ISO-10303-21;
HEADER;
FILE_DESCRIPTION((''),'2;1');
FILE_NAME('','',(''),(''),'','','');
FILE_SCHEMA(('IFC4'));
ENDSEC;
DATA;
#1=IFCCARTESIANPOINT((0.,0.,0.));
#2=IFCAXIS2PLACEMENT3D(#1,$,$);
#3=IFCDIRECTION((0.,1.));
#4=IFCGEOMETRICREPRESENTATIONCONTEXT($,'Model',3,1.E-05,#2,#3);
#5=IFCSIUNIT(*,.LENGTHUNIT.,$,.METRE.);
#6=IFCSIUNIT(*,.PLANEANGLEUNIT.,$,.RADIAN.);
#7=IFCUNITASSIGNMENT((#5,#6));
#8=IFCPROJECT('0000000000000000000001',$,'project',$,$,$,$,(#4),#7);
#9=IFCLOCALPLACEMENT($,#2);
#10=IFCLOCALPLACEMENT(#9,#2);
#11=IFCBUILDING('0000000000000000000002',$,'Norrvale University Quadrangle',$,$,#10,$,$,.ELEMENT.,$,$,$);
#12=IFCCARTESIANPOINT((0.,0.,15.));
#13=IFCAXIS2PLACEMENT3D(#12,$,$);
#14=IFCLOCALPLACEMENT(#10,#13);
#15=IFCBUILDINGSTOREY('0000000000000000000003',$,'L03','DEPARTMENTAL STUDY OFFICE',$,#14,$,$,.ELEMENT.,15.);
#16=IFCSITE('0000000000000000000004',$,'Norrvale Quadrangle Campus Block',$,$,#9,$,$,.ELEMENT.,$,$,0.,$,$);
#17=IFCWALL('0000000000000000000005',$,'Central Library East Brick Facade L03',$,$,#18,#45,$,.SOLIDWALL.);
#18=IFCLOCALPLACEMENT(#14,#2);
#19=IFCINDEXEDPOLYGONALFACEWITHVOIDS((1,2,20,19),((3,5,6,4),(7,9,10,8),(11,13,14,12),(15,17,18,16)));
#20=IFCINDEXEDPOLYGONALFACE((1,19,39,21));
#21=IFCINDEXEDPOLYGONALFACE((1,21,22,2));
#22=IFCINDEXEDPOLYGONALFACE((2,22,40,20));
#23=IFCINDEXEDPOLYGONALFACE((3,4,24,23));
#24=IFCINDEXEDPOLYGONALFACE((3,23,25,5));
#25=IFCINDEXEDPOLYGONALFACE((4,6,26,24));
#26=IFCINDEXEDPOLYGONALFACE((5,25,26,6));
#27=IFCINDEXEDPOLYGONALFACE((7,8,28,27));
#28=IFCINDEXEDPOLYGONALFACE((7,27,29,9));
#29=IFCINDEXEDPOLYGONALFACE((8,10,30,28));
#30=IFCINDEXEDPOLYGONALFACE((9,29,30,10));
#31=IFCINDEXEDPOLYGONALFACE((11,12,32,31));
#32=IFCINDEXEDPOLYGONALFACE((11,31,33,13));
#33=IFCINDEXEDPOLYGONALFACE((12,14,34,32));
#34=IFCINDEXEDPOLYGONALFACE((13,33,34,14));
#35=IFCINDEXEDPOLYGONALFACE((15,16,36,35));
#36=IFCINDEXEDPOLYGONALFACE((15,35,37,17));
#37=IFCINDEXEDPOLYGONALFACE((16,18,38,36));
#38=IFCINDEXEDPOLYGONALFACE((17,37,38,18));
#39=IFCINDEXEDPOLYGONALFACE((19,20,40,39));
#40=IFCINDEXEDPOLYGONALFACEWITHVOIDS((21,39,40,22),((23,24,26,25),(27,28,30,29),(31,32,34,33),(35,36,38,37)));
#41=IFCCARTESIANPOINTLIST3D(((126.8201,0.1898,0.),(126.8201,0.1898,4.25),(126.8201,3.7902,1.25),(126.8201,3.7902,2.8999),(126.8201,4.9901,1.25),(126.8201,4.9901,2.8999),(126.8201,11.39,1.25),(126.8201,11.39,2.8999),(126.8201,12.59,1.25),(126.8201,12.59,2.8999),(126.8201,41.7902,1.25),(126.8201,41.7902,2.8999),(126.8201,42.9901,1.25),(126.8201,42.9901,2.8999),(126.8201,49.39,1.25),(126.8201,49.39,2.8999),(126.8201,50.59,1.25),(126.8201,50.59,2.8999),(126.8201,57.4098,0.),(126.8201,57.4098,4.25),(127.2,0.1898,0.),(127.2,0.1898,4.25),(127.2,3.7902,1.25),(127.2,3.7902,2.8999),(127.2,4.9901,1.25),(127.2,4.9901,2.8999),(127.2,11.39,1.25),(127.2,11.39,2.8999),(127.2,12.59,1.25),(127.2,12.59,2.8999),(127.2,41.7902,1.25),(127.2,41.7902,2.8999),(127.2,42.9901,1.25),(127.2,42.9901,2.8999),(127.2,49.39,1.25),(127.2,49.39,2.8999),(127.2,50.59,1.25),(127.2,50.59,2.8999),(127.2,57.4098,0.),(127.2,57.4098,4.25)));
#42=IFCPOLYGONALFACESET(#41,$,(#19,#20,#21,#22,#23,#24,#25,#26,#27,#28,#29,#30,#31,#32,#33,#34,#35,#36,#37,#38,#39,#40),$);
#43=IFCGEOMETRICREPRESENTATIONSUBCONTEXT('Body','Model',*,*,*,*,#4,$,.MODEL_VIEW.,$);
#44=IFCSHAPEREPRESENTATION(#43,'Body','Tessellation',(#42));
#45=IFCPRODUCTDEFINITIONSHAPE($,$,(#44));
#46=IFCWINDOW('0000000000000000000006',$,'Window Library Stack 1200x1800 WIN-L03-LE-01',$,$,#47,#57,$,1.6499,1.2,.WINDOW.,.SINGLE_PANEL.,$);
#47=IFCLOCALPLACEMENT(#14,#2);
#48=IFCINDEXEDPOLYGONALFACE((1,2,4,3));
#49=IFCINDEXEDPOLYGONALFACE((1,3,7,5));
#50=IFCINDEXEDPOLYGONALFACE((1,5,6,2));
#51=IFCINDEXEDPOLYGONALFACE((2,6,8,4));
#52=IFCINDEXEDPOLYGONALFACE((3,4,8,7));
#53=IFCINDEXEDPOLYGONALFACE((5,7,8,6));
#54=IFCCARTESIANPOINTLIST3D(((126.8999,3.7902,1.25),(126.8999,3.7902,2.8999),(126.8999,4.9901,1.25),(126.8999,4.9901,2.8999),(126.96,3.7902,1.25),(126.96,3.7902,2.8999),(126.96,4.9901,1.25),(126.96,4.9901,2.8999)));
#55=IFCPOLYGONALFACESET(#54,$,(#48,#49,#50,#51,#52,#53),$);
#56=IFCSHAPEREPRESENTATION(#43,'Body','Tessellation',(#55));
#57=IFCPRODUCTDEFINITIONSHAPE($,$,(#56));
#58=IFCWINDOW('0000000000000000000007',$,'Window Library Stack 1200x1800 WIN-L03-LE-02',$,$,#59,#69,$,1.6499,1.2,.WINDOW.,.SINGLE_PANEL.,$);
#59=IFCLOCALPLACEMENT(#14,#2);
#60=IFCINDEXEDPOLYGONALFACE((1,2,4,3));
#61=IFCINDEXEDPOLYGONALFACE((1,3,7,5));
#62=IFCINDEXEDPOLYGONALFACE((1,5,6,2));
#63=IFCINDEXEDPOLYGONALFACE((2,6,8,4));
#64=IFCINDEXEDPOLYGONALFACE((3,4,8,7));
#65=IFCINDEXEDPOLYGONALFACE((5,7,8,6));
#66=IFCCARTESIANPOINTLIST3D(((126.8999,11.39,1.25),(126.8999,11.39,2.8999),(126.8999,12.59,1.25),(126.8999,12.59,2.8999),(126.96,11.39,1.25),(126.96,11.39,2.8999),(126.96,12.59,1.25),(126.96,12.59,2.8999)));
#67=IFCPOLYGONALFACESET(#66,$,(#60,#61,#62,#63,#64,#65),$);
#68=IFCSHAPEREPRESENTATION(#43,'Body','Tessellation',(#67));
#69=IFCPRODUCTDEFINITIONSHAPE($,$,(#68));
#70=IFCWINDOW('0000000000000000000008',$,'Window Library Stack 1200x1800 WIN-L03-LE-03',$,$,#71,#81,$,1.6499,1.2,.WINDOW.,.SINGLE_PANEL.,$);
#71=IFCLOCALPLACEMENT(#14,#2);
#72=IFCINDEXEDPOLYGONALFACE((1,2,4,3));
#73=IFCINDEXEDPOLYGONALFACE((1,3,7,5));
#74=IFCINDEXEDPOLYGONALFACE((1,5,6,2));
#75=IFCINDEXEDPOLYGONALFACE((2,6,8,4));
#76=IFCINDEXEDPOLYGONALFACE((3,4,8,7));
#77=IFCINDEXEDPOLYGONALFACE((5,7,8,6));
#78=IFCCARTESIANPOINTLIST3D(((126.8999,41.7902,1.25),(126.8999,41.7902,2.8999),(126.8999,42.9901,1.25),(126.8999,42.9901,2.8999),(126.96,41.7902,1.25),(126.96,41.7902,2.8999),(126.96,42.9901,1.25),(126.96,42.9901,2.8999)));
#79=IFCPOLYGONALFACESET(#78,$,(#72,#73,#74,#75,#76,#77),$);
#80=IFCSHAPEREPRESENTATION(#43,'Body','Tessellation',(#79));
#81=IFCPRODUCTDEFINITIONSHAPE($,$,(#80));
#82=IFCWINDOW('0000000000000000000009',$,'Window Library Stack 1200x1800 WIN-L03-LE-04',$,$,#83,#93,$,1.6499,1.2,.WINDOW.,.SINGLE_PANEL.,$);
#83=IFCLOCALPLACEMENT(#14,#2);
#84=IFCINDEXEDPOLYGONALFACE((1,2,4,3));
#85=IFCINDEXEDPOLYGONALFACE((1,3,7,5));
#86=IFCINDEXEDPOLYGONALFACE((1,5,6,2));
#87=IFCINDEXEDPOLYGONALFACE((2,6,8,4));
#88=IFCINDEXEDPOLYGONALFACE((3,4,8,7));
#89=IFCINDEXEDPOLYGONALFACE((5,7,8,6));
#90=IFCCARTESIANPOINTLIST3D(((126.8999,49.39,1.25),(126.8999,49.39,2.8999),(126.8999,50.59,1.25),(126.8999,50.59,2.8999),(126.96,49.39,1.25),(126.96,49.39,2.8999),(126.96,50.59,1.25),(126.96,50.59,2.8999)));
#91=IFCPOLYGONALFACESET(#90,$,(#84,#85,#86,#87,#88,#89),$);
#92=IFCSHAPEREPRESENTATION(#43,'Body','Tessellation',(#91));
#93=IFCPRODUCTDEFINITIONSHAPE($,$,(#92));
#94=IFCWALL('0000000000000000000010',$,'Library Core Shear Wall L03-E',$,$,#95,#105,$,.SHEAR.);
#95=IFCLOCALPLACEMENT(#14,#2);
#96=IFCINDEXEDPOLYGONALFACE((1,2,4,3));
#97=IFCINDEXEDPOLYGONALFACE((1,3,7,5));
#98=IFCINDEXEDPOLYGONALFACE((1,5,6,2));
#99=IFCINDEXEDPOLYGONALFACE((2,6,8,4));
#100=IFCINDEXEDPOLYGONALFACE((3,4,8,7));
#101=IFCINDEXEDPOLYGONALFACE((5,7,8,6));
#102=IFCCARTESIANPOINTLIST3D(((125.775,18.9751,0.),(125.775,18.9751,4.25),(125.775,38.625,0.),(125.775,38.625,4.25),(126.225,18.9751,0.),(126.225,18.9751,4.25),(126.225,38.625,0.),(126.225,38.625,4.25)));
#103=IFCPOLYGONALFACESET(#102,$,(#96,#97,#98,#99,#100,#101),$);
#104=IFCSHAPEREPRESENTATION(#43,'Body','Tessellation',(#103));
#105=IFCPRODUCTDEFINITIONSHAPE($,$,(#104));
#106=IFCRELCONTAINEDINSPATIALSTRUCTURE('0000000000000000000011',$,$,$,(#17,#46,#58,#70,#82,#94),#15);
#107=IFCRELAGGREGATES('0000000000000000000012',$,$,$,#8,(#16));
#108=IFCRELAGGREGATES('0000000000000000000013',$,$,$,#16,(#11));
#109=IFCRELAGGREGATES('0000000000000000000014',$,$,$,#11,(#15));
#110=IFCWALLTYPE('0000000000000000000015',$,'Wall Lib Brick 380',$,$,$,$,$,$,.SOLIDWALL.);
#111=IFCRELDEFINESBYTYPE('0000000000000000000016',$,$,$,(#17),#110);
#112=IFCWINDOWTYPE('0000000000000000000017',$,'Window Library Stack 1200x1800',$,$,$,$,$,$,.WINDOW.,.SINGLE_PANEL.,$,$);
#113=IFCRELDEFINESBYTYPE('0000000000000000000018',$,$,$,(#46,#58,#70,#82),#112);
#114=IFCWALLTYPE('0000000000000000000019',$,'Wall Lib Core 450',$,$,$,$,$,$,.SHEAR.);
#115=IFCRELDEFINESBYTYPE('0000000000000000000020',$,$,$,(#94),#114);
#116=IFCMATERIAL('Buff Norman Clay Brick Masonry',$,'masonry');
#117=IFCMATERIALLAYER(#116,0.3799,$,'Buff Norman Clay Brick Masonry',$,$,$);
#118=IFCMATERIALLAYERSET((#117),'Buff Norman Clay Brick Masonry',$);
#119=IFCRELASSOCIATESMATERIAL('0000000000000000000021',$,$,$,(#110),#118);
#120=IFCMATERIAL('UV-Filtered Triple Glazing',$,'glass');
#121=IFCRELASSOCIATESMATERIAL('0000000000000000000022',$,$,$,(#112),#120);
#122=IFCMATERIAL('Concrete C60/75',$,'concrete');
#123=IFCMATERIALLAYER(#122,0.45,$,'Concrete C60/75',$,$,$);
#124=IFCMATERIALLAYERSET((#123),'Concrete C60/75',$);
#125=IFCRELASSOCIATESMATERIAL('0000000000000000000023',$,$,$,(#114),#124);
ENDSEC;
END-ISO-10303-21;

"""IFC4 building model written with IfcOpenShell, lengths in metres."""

from ifc_helpers import new_model, si_unit, direction, frame, frame_2d, origin, place, context, subcontext, project, spatial, rectangle, extrude, material, layer, layer_set, type_object, element, fill, save


model = new_model("IFC4")

# Units and contexts
model_context = context("Model", 3, precision=1e-05, world=origin(), true_north=direction((0.0, 1.0)))
body_context = subcontext(model_context, "Body", "Model", "MODEL_VIEW")
ifc_project = project(units=[si_unit("LENGTHUNIT", "METRE"), si_unit("PLANEANGLEUNIT", "RADIAN")], contexts=[model_context])

# Site, building, storey
site_placement = place(None, origin())
site = spatial("IfcSite", under=ifc_project, at=site_placement, Name="Norrvale Quadrangle Campus Block", CompositionType="ELEMENT", RefElevation=0.0)
building_placement = place(site_placement, origin())
building = spatial("IfcBuilding", under=site, at=building_placement, Name="Norrvale University Quadrangle", CompositionType="ELEMENT")
storey_placement = place(building_placement, frame((0.0, 0.0, 15.0)))
storey = spatial("IfcBuildingStorey", under=building, at=storey_placement, Name="L03", Description="DEPARTMENTAL STUDY OFFICE", CompositionType="ELEMENT", Elevation=15.0)

# Shared definitions
ifc_material_1 = material(Name="Concrete C60/75", Category="concrete")

# Wall, openings, windows
ifc_material_2 = material(Name="Buff Norman Clay Brick Masonry", Category="masonry")
ifc_layer_1 = layer(ifc_material_2, 0.3799, Name="Buff Norman Clay Brick Masonry")
ifc_layer_set_1 = layer_set([ifc_layer_1], Name="Buff Norman Clay Brick Masonry")
wall_type_1 = type_object("IfcWallType", Name="Wall Lib Brick 380", PredefinedType="SOLIDWALL", material=ifc_layer_set_1)
wall_1_placement = place(storey_placement, frame((127.01, 0.1899, 0.0), z_axis=(0.0, 0.0, 1.0), x_axis=(0.0, 1.0, 0.0)))
wall_1 = element("IfcWall", 1, at=wall_1_placement, inside=storey, type_object=wall_type_1, Name="Central Library East Brick Facade L03", PredefinedType="SOLIDWALL", context=body_context, shape_type="SweptSolid", body=[
    extrude(rectangle(XDim=57.22, YDim=0.3799, at=frame_2d((28.6099, 0.0))), origin(), (0.0, 0.0, 1.0), 4.25),
])
opening_1_placement = place(wall_1_placement, frame((3.6001, 0.0, 1.25)))
opening_1 = element("IfcOpeningElement", 2, at=opening_1_placement, cuts=wall_1, PredefinedType="OPENING", context=body_context, shape_type="SweptSolid", body=[
    extrude(rectangle(XDim=1.2, YDim=1.6499, at=frame_2d((0.6001, 0.825))), frame((0.0, 0.2019, 0.0), z_axis=(0.0, -1.0, 0.0), x_axis=(1.0, 0.0, 0.0)), (0.0, 0.0, 1.0), 0.4038),
])
opening_2_placement = place(wall_1_placement, frame((11.2, 0.0, 1.25)))
opening_2 = element("IfcOpeningElement", 3, at=opening_2_placement, cuts=wall_1, PredefinedType="OPENING", context=body_context, shape_type="SweptSolid", body=[
    extrude(rectangle(XDim=1.2, YDim=1.6499, at=frame_2d((0.6001, 0.825))), frame((0.0, 0.2019, 0.0), z_axis=(0.0, -1.0, 0.0), x_axis=(1.0, 0.0, 0.0)), (0.0, 0.0, 1.0), 0.4038),
])
opening_3_placement = place(wall_1_placement, frame((41.6001, 0.0, 1.25)))
opening_3 = element("IfcOpeningElement", 4, at=opening_3_placement, cuts=wall_1, PredefinedType="OPENING", context=body_context, shape_type="SweptSolid", body=[
    extrude(rectangle(XDim=1.2, YDim=1.6499, at=frame_2d((0.6001, 0.825))), frame((0.0, 0.2019, 0.0), z_axis=(0.0, -1.0, 0.0), x_axis=(1.0, 0.0, 0.0)), (0.0, 0.0, 1.0), 0.4038),
])
opening_4_placement = place(wall_1_placement, frame((49.2, 0.0, 1.25)))
opening_4 = element("IfcOpeningElement", 5, at=opening_4_placement, cuts=wall_1, PredefinedType="OPENING", context=body_context, shape_type="SweptSolid", body=[
    extrude(rectangle(XDim=1.2, YDim=1.6499, at=frame_2d((0.6001, 0.825))), frame((0.0, 0.2019, 0.0), z_axis=(0.0, -1.0, 0.0), x_axis=(1.0, 0.0, 0.0)), (0.0, 0.0, 1.0), 0.4038),
])
ifc_material_3 = material(Name="UV-Filtered Triple Glazing", Category="glass")
window_type = type_object("IfcWindowType", Name="Window Library Stack 1200x1800", PartitioningType="SINGLE_PANEL", PredefinedType="WINDOW", material=ifc_material_3)
window_1_placement = place(opening_1_placement, origin())
window_1 = element("IfcWindow", 6, at=window_1_placement, inside=storey, type_object=window_type, Name="Window Library Stack 1200x1800 WIN-L03-LE-01", OverallHeight=1.6499, OverallWidth=1.2, PartitioningType="SINGLE_PANEL", PredefinedType="WINDOW", context=body_context, shape_type="SweptSolid", body=[
    extrude(rectangle(XDim=1.2, YDim=1.6499, at=frame_2d((0.6001, 0.825))), frame((0.0, 0.1101, 0.0), z_axis=(0.0, -1.0, 0.0), x_axis=(1.0, 0.0, 0.0)), (0.0, 0.0, 1.0), 0.0601),
])
fill(opening_1, window_1)
window_2_placement = place(opening_2_placement, origin())
window_2 = element("IfcWindow", 7, at=window_2_placement, inside=storey, type_object=window_type, Name="Window Library Stack 1200x1800 WIN-L03-LE-02", OverallHeight=1.6499, OverallWidth=1.2, PartitioningType="SINGLE_PANEL", PredefinedType="WINDOW", context=body_context, shape_type="SweptSolid", body=[
    extrude(rectangle(XDim=1.2, YDim=1.6499, at=frame_2d((0.6001, 0.825))), frame((0.0, 0.1101, 0.0), z_axis=(0.0, -1.0, 0.0), x_axis=(1.0, 0.0, 0.0)), (0.0, 0.0, 1.0), 0.0601),
])
fill(opening_2, window_2)
window_3_placement = place(opening_3_placement, origin())
window_3 = element("IfcWindow", 8, at=window_3_placement, inside=storey, type_object=window_type, Name="Window Library Stack 1200x1800 WIN-L03-LE-03", OverallHeight=1.6499, OverallWidth=1.2, PartitioningType="SINGLE_PANEL", PredefinedType="WINDOW", context=body_context, shape_type="SweptSolid", body=[
    extrude(rectangle(XDim=1.2, YDim=1.6499, at=frame_2d((0.6001, 0.825))), frame((0.0, 0.1101, 0.0), z_axis=(0.0, -1.0, 0.0), x_axis=(1.0, 0.0, 0.0)), (0.0, 0.0, 1.0), 0.0601),
])
fill(opening_3, window_3)
window_4_placement = place(opening_4_placement, origin())
window_4 = element("IfcWindow", 9, at=window_4_placement, inside=storey, type_object=window_type, Name="Window Library Stack 1200x1800 WIN-L03-LE-04", OverallHeight=1.6499, OverallWidth=1.2, PartitioningType="SINGLE_PANEL", PredefinedType="WINDOW", context=body_context, shape_type="SweptSolid", body=[
    extrude(rectangle(XDim=1.2, YDim=1.6499, at=frame_2d((0.6001, 0.825))), frame((0.0, 0.1101, 0.0), z_axis=(0.0, -1.0, 0.0), x_axis=(1.0, 0.0, 0.0)), (0.0, 0.0, 1.0), 0.0601),
])
fill(opening_4, window_4)

# Wall
ifc_layer_2 = layer(ifc_material_1, 0.45, Name="Concrete C60/75")
ifc_layer_set_2 = layer_set([ifc_layer_2], Name="Concrete C60/75")
wall_type_2 = type_object("IfcWallType", Name="Wall Lib Core 450", PredefinedType="SHEAR", material=ifc_layer_set_2)
wall_2_placement = place(storey_placement, frame((126.0, 18.9751, 0.0), z_axis=(0.0, 0.0, 1.0), x_axis=(0.0, 1.0, 0.0)))
element("IfcWall", 10, at=wall_2_placement, inside=storey, type_object=wall_type_2, Name="Library Core Shear Wall L03-E", PredefinedType="SHEAR", context=body_context, shape_type="SweptSolid", body=[
    extrude(rectangle(XDim=19.6499, YDim=0.45, at=frame_2d((9.825, 0.0))), origin(), (0.0, 0.0, 1.0), 4.25),
])

save(model, "model.ifc")
